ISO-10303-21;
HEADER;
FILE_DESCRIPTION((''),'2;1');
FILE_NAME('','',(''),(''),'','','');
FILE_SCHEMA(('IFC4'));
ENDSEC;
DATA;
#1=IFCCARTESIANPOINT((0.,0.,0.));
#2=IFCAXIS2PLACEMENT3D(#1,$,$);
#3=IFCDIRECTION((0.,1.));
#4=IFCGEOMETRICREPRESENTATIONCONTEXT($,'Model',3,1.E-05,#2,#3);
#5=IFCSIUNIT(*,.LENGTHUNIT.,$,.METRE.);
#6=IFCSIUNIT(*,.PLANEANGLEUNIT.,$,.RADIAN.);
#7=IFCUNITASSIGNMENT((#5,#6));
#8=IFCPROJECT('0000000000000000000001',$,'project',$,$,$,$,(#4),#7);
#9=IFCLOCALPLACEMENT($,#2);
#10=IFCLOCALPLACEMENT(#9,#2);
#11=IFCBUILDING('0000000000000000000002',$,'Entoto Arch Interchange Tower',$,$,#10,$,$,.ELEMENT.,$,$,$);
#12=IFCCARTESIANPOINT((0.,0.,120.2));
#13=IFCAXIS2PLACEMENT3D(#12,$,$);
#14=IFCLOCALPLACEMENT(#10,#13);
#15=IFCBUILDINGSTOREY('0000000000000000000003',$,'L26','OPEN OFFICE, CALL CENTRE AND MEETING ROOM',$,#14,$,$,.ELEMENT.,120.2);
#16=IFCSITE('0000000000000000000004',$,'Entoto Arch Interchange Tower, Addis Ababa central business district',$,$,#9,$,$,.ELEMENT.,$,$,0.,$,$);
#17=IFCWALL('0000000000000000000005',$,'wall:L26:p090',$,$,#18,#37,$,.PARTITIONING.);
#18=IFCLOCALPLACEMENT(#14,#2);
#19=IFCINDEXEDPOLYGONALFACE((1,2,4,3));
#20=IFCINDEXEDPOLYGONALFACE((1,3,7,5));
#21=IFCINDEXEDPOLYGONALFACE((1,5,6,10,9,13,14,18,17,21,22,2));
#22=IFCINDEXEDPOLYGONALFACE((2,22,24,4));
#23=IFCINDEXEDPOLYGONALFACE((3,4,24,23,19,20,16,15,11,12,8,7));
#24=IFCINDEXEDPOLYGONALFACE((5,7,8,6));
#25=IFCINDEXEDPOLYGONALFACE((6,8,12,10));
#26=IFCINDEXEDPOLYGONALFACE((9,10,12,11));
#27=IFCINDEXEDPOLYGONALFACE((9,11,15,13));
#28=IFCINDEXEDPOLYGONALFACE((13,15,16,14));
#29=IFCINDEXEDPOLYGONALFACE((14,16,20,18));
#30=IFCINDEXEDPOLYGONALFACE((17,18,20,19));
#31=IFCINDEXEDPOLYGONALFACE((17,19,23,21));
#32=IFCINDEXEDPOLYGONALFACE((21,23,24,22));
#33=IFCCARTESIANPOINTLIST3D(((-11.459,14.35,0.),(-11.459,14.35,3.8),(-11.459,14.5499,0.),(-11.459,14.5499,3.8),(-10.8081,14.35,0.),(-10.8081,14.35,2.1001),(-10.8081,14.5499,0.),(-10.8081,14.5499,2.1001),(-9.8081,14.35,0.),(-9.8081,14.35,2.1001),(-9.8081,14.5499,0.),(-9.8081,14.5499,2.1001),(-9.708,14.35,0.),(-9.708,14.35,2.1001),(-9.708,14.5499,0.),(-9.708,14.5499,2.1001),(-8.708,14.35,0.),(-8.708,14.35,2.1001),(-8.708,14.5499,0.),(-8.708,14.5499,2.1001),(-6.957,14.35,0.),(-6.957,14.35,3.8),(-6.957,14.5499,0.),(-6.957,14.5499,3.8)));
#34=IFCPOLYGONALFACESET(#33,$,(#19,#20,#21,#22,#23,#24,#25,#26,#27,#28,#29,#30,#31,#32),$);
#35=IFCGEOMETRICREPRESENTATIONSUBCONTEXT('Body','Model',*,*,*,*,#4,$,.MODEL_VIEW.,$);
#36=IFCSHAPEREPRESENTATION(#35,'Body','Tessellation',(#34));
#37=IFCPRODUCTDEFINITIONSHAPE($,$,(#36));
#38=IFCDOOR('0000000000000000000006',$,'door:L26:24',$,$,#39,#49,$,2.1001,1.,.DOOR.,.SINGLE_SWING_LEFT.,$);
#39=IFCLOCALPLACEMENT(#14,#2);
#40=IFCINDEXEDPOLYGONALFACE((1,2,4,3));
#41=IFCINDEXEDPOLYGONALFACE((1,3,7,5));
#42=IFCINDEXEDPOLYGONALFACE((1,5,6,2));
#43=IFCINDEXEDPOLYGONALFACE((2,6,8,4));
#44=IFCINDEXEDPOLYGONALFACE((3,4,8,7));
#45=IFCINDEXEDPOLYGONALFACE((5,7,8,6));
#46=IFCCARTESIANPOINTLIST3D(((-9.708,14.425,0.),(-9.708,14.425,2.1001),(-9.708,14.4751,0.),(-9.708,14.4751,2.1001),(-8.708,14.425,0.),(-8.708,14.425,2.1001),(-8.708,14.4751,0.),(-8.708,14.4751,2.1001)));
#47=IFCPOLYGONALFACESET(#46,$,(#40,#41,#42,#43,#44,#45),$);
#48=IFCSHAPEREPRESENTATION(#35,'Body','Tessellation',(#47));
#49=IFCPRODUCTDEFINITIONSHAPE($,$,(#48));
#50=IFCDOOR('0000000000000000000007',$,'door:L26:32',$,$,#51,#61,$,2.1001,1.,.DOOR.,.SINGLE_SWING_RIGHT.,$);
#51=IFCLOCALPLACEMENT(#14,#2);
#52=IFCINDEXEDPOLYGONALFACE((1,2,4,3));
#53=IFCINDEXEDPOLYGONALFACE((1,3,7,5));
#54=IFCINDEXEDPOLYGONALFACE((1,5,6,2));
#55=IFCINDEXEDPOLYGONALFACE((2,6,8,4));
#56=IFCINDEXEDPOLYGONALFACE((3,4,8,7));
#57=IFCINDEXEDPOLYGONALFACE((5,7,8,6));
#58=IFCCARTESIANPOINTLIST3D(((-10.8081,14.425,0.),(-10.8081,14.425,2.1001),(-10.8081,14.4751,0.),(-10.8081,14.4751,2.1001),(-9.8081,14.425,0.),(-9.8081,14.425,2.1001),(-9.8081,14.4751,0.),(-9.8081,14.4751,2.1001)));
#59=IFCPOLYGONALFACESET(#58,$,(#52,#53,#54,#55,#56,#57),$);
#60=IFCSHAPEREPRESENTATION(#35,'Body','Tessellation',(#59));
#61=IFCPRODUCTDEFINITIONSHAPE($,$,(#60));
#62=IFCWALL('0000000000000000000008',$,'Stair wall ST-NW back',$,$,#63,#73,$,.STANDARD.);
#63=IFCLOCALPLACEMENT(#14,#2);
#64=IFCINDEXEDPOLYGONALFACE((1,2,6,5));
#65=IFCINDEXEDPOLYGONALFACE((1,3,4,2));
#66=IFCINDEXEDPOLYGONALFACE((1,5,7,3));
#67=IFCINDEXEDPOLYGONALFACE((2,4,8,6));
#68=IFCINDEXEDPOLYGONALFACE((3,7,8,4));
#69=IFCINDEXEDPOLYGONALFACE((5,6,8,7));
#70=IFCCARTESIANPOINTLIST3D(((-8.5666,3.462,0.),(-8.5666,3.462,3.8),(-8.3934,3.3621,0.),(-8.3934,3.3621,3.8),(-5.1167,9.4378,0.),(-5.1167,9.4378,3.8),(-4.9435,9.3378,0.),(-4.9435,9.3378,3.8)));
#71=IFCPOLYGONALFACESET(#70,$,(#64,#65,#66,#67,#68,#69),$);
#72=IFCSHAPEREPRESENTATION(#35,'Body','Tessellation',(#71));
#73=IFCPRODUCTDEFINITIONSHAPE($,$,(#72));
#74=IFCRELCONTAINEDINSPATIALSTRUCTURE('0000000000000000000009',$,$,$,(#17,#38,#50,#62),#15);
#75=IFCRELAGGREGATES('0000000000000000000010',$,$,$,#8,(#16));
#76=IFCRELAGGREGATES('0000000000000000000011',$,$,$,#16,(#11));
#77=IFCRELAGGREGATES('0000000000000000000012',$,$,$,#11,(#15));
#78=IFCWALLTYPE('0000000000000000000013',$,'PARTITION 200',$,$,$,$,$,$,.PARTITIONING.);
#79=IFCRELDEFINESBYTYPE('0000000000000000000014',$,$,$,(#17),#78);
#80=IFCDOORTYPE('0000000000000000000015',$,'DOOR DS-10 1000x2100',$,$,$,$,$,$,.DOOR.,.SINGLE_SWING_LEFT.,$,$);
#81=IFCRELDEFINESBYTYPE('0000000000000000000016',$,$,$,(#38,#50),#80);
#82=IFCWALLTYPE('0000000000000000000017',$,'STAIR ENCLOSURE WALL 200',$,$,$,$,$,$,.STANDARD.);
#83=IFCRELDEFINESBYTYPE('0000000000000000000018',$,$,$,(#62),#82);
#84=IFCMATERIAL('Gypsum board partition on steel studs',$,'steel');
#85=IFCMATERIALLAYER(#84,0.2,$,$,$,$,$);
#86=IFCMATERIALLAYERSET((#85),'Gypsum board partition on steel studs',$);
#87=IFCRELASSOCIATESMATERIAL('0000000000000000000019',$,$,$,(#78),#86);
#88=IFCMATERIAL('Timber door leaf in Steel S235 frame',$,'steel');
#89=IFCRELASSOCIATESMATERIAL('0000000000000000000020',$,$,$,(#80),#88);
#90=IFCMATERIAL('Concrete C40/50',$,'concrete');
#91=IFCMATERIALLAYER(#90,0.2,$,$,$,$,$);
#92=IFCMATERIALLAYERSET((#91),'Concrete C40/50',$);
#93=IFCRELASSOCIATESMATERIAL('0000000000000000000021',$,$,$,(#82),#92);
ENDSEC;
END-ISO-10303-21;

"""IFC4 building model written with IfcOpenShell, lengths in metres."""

from ifc_helpers import new_model, si_unit, direction, frame, frame_2d, origin, place, context, subcontext, project, spatial, rectangle, extrude, material, layer, layer_set, type_object, element, fill, save


model = new_model("IFC4")

# Units and contexts
model_context = context("Model", 3, precision=1e-05, world=origin(), true_north=direction((0.0, 1.0)))
body_context = subcontext(model_context, "Body", "Model", "MODEL_VIEW")
ifc_project = project(units=[si_unit("LENGTHUNIT", "METRE"), si_unit("PLANEANGLEUNIT", "RADIAN")], contexts=[model_context])

# Site, building, storey
site_placement = place(None, origin())
site = spatial("IfcSite", under=ifc_project, at=site_placement, Name="Entoto Arch Interchange Tower, Addis Ababa central business district", CompositionType="ELEMENT", RefElevation=0.0)
building_placement = place(site_placement, origin())
building = spatial("IfcBuilding", under=site, at=building_placement, Name="Entoto Arch Interchange Tower", CompositionType="ELEMENT")
storey_placement = place(building_placement, frame((0.0, 0.0, 120.2)))
storey = spatial("IfcBuildingStorey", under=building, at=storey_placement, Name="L26", Description="OPEN OFFICE, CALL CENTRE AND MEETING ROOM", CompositionType="ELEMENT", Elevation=120.2)

# Shared definitions
ifc_material_1 = material(Name="Concrete C40/50", Category="concrete")

# Shared definitions
ifc_material_2 = material(Name="Gypsum board partition on steel studs", Category="steel")
ifc_layer_1 = layer(ifc_material_2, 0.2)
ifc_layer_set_1 = layer_set([ifc_layer_1], Name="Gypsum board partition on steel studs")
wall_type_1 = type_object("IfcWallType", Name="PARTITION 200", PredefinedType="PARTITIONING", material=ifc_layer_set_1)

# Wall, openings, doors
wall_1_placement = place(storey_placement, frame((-6.957, 14.45, 0.0), z_axis=(0.0, 0.0, 1.0), x_axis=(-1.0, 0.0, 0.0)))
wall_1 = element("IfcWall", 1, at=wall_1_placement, inside=storey, type_object=wall_type_1, Name="wall:L26:p090", PredefinedType="PARTITIONING", context=body_context, shape_type="SweptSolid", body=[
    extrude(rectangle(XDim=4.502, YDim=0.2, at=frame_2d((2.251, 0.0))), origin(), (0.0, 0.0, 1.0), 3.8),
])
opening_1_placement = place(wall_1_placement, frame((1.751, 0.0, 0.0)))
opening_1 = element("IfcOpeningElement", 2, at=opening_1_placement, cuts=wall_1, PredefinedType="OPENING", context=body_context, shape_type="SweptSolid", body=[
    extrude(rectangle(XDim=1.0, YDim=2.1001, at=frame_2d((0.5, 1.05))), frame((0.0, 0.1099, 0.0), z_axis=(0.0, -1.0, 0.0), x_axis=(1.0, 0.0, 0.0)), (0.0, 0.0, 1.0), 0.22),
])
opening_2_placement = place(wall_1_placement, frame((2.8511, 0.0, 0.0)))
opening_2 = element("IfcOpeningElement", 3, at=opening_2_placement, cuts=wall_1, PredefinedType="OPENING", context=body_context, shape_type="SweptSolid", body=[
    extrude(rectangle(XDim=1.0, YDim=2.1001, at=frame_2d((0.5, 1.05))), frame((0.0, 0.1099, 0.0), z_axis=(0.0, -1.0, 0.0), x_axis=(1.0, 0.0, 0.0)), (0.0, 0.0, 1.0), 0.22),
])
ifc_material_3 = material(Name="Timber door leaf in Steel S235 frame", Category="steel")
door_type_1 = type_object("IfcDoorType", Name="DOOR DS-10 1000x2100", OperationType="SINGLE_SWING_LEFT", PredefinedType="DOOR", material=ifc_material_3)
door_1_placement = place(opening_1_placement, origin())
door_1 = element("IfcDoor", 4, at=door_1_placement, inside=storey, type_object=door_type_1, Name="door:L26:24", OperationType="SINGLE_SWING_LEFT", OverallHeight=2.1001, OverallWidth=1.0, PredefinedType="DOOR", context=body_context, shape_type="SweptSolid", body=[
    extrude(rectangle(XDim=1.0, YDim=2.1001, at=frame_2d((0.5, 1.05))), frame((0.0, 0.0249, 0.0), z_axis=(0.0, -1.0, 0.0), x_axis=(1.0, 0.0, 0.0)), (0.0, 0.0, 1.0), 0.05),
])
fill(opening_1, door_1)
door_2_placement = place(opening_2_placement, origin())
door_2 = element("IfcDoor", 5, at=door_2_placement, inside=storey, type_object=door_type_1, Name="door:L26:32", OperationType="SINGLE_SWING_RIGHT", OverallHeight=2.1001, OverallWidth=1.0, PredefinedType="DOOR", context=body_context, shape_type="SweptSolid", body=[
    extrude(rectangle(XDim=1.0, YDim=2.1001, at=frame_2d((0.5, 1.05))), frame((0.0, 0.0249, 0.0), z_axis=(0.0, -1.0, 0.0), x_axis=(1.0, 0.0, 0.0)), (0.0, 0.0, 1.0), 0.05),
])
fill(opening_2, door_2)

# Wall
ifc_layer_2 = layer(ifc_material_1, 0.2)
ifc_layer_set_2 = layer_set([ifc_layer_2], Name="Concrete C40/50")
wall_type_2 = type_object("IfcWallType", Name="STAIR ENCLOSURE WALL 200", PredefinedType="STANDARD", material=ifc_layer_set_2)
wall_2_placement = place(storey_placement, frame((-5.03, 9.3879, 0.0), z_axis=(0.0, 0.0, 1.0), x_axis=(-0.499979, -0.866038, 0.0)))
element("IfcWall", 6, at=wall_2_placement, inside=storey, type_object=wall_type_2, Name="Stair wall ST-NW back", PredefinedType="STANDARD", context=body_context, shape_type="SweptSolid", body=[
    extrude(rectangle(XDim=6.9001, YDim=0.2, at=frame_2d((3.4502, 0.0))), origin(), (0.0, 0.0, 1.0), 3.8),
])

save(model, "model.ifc")
